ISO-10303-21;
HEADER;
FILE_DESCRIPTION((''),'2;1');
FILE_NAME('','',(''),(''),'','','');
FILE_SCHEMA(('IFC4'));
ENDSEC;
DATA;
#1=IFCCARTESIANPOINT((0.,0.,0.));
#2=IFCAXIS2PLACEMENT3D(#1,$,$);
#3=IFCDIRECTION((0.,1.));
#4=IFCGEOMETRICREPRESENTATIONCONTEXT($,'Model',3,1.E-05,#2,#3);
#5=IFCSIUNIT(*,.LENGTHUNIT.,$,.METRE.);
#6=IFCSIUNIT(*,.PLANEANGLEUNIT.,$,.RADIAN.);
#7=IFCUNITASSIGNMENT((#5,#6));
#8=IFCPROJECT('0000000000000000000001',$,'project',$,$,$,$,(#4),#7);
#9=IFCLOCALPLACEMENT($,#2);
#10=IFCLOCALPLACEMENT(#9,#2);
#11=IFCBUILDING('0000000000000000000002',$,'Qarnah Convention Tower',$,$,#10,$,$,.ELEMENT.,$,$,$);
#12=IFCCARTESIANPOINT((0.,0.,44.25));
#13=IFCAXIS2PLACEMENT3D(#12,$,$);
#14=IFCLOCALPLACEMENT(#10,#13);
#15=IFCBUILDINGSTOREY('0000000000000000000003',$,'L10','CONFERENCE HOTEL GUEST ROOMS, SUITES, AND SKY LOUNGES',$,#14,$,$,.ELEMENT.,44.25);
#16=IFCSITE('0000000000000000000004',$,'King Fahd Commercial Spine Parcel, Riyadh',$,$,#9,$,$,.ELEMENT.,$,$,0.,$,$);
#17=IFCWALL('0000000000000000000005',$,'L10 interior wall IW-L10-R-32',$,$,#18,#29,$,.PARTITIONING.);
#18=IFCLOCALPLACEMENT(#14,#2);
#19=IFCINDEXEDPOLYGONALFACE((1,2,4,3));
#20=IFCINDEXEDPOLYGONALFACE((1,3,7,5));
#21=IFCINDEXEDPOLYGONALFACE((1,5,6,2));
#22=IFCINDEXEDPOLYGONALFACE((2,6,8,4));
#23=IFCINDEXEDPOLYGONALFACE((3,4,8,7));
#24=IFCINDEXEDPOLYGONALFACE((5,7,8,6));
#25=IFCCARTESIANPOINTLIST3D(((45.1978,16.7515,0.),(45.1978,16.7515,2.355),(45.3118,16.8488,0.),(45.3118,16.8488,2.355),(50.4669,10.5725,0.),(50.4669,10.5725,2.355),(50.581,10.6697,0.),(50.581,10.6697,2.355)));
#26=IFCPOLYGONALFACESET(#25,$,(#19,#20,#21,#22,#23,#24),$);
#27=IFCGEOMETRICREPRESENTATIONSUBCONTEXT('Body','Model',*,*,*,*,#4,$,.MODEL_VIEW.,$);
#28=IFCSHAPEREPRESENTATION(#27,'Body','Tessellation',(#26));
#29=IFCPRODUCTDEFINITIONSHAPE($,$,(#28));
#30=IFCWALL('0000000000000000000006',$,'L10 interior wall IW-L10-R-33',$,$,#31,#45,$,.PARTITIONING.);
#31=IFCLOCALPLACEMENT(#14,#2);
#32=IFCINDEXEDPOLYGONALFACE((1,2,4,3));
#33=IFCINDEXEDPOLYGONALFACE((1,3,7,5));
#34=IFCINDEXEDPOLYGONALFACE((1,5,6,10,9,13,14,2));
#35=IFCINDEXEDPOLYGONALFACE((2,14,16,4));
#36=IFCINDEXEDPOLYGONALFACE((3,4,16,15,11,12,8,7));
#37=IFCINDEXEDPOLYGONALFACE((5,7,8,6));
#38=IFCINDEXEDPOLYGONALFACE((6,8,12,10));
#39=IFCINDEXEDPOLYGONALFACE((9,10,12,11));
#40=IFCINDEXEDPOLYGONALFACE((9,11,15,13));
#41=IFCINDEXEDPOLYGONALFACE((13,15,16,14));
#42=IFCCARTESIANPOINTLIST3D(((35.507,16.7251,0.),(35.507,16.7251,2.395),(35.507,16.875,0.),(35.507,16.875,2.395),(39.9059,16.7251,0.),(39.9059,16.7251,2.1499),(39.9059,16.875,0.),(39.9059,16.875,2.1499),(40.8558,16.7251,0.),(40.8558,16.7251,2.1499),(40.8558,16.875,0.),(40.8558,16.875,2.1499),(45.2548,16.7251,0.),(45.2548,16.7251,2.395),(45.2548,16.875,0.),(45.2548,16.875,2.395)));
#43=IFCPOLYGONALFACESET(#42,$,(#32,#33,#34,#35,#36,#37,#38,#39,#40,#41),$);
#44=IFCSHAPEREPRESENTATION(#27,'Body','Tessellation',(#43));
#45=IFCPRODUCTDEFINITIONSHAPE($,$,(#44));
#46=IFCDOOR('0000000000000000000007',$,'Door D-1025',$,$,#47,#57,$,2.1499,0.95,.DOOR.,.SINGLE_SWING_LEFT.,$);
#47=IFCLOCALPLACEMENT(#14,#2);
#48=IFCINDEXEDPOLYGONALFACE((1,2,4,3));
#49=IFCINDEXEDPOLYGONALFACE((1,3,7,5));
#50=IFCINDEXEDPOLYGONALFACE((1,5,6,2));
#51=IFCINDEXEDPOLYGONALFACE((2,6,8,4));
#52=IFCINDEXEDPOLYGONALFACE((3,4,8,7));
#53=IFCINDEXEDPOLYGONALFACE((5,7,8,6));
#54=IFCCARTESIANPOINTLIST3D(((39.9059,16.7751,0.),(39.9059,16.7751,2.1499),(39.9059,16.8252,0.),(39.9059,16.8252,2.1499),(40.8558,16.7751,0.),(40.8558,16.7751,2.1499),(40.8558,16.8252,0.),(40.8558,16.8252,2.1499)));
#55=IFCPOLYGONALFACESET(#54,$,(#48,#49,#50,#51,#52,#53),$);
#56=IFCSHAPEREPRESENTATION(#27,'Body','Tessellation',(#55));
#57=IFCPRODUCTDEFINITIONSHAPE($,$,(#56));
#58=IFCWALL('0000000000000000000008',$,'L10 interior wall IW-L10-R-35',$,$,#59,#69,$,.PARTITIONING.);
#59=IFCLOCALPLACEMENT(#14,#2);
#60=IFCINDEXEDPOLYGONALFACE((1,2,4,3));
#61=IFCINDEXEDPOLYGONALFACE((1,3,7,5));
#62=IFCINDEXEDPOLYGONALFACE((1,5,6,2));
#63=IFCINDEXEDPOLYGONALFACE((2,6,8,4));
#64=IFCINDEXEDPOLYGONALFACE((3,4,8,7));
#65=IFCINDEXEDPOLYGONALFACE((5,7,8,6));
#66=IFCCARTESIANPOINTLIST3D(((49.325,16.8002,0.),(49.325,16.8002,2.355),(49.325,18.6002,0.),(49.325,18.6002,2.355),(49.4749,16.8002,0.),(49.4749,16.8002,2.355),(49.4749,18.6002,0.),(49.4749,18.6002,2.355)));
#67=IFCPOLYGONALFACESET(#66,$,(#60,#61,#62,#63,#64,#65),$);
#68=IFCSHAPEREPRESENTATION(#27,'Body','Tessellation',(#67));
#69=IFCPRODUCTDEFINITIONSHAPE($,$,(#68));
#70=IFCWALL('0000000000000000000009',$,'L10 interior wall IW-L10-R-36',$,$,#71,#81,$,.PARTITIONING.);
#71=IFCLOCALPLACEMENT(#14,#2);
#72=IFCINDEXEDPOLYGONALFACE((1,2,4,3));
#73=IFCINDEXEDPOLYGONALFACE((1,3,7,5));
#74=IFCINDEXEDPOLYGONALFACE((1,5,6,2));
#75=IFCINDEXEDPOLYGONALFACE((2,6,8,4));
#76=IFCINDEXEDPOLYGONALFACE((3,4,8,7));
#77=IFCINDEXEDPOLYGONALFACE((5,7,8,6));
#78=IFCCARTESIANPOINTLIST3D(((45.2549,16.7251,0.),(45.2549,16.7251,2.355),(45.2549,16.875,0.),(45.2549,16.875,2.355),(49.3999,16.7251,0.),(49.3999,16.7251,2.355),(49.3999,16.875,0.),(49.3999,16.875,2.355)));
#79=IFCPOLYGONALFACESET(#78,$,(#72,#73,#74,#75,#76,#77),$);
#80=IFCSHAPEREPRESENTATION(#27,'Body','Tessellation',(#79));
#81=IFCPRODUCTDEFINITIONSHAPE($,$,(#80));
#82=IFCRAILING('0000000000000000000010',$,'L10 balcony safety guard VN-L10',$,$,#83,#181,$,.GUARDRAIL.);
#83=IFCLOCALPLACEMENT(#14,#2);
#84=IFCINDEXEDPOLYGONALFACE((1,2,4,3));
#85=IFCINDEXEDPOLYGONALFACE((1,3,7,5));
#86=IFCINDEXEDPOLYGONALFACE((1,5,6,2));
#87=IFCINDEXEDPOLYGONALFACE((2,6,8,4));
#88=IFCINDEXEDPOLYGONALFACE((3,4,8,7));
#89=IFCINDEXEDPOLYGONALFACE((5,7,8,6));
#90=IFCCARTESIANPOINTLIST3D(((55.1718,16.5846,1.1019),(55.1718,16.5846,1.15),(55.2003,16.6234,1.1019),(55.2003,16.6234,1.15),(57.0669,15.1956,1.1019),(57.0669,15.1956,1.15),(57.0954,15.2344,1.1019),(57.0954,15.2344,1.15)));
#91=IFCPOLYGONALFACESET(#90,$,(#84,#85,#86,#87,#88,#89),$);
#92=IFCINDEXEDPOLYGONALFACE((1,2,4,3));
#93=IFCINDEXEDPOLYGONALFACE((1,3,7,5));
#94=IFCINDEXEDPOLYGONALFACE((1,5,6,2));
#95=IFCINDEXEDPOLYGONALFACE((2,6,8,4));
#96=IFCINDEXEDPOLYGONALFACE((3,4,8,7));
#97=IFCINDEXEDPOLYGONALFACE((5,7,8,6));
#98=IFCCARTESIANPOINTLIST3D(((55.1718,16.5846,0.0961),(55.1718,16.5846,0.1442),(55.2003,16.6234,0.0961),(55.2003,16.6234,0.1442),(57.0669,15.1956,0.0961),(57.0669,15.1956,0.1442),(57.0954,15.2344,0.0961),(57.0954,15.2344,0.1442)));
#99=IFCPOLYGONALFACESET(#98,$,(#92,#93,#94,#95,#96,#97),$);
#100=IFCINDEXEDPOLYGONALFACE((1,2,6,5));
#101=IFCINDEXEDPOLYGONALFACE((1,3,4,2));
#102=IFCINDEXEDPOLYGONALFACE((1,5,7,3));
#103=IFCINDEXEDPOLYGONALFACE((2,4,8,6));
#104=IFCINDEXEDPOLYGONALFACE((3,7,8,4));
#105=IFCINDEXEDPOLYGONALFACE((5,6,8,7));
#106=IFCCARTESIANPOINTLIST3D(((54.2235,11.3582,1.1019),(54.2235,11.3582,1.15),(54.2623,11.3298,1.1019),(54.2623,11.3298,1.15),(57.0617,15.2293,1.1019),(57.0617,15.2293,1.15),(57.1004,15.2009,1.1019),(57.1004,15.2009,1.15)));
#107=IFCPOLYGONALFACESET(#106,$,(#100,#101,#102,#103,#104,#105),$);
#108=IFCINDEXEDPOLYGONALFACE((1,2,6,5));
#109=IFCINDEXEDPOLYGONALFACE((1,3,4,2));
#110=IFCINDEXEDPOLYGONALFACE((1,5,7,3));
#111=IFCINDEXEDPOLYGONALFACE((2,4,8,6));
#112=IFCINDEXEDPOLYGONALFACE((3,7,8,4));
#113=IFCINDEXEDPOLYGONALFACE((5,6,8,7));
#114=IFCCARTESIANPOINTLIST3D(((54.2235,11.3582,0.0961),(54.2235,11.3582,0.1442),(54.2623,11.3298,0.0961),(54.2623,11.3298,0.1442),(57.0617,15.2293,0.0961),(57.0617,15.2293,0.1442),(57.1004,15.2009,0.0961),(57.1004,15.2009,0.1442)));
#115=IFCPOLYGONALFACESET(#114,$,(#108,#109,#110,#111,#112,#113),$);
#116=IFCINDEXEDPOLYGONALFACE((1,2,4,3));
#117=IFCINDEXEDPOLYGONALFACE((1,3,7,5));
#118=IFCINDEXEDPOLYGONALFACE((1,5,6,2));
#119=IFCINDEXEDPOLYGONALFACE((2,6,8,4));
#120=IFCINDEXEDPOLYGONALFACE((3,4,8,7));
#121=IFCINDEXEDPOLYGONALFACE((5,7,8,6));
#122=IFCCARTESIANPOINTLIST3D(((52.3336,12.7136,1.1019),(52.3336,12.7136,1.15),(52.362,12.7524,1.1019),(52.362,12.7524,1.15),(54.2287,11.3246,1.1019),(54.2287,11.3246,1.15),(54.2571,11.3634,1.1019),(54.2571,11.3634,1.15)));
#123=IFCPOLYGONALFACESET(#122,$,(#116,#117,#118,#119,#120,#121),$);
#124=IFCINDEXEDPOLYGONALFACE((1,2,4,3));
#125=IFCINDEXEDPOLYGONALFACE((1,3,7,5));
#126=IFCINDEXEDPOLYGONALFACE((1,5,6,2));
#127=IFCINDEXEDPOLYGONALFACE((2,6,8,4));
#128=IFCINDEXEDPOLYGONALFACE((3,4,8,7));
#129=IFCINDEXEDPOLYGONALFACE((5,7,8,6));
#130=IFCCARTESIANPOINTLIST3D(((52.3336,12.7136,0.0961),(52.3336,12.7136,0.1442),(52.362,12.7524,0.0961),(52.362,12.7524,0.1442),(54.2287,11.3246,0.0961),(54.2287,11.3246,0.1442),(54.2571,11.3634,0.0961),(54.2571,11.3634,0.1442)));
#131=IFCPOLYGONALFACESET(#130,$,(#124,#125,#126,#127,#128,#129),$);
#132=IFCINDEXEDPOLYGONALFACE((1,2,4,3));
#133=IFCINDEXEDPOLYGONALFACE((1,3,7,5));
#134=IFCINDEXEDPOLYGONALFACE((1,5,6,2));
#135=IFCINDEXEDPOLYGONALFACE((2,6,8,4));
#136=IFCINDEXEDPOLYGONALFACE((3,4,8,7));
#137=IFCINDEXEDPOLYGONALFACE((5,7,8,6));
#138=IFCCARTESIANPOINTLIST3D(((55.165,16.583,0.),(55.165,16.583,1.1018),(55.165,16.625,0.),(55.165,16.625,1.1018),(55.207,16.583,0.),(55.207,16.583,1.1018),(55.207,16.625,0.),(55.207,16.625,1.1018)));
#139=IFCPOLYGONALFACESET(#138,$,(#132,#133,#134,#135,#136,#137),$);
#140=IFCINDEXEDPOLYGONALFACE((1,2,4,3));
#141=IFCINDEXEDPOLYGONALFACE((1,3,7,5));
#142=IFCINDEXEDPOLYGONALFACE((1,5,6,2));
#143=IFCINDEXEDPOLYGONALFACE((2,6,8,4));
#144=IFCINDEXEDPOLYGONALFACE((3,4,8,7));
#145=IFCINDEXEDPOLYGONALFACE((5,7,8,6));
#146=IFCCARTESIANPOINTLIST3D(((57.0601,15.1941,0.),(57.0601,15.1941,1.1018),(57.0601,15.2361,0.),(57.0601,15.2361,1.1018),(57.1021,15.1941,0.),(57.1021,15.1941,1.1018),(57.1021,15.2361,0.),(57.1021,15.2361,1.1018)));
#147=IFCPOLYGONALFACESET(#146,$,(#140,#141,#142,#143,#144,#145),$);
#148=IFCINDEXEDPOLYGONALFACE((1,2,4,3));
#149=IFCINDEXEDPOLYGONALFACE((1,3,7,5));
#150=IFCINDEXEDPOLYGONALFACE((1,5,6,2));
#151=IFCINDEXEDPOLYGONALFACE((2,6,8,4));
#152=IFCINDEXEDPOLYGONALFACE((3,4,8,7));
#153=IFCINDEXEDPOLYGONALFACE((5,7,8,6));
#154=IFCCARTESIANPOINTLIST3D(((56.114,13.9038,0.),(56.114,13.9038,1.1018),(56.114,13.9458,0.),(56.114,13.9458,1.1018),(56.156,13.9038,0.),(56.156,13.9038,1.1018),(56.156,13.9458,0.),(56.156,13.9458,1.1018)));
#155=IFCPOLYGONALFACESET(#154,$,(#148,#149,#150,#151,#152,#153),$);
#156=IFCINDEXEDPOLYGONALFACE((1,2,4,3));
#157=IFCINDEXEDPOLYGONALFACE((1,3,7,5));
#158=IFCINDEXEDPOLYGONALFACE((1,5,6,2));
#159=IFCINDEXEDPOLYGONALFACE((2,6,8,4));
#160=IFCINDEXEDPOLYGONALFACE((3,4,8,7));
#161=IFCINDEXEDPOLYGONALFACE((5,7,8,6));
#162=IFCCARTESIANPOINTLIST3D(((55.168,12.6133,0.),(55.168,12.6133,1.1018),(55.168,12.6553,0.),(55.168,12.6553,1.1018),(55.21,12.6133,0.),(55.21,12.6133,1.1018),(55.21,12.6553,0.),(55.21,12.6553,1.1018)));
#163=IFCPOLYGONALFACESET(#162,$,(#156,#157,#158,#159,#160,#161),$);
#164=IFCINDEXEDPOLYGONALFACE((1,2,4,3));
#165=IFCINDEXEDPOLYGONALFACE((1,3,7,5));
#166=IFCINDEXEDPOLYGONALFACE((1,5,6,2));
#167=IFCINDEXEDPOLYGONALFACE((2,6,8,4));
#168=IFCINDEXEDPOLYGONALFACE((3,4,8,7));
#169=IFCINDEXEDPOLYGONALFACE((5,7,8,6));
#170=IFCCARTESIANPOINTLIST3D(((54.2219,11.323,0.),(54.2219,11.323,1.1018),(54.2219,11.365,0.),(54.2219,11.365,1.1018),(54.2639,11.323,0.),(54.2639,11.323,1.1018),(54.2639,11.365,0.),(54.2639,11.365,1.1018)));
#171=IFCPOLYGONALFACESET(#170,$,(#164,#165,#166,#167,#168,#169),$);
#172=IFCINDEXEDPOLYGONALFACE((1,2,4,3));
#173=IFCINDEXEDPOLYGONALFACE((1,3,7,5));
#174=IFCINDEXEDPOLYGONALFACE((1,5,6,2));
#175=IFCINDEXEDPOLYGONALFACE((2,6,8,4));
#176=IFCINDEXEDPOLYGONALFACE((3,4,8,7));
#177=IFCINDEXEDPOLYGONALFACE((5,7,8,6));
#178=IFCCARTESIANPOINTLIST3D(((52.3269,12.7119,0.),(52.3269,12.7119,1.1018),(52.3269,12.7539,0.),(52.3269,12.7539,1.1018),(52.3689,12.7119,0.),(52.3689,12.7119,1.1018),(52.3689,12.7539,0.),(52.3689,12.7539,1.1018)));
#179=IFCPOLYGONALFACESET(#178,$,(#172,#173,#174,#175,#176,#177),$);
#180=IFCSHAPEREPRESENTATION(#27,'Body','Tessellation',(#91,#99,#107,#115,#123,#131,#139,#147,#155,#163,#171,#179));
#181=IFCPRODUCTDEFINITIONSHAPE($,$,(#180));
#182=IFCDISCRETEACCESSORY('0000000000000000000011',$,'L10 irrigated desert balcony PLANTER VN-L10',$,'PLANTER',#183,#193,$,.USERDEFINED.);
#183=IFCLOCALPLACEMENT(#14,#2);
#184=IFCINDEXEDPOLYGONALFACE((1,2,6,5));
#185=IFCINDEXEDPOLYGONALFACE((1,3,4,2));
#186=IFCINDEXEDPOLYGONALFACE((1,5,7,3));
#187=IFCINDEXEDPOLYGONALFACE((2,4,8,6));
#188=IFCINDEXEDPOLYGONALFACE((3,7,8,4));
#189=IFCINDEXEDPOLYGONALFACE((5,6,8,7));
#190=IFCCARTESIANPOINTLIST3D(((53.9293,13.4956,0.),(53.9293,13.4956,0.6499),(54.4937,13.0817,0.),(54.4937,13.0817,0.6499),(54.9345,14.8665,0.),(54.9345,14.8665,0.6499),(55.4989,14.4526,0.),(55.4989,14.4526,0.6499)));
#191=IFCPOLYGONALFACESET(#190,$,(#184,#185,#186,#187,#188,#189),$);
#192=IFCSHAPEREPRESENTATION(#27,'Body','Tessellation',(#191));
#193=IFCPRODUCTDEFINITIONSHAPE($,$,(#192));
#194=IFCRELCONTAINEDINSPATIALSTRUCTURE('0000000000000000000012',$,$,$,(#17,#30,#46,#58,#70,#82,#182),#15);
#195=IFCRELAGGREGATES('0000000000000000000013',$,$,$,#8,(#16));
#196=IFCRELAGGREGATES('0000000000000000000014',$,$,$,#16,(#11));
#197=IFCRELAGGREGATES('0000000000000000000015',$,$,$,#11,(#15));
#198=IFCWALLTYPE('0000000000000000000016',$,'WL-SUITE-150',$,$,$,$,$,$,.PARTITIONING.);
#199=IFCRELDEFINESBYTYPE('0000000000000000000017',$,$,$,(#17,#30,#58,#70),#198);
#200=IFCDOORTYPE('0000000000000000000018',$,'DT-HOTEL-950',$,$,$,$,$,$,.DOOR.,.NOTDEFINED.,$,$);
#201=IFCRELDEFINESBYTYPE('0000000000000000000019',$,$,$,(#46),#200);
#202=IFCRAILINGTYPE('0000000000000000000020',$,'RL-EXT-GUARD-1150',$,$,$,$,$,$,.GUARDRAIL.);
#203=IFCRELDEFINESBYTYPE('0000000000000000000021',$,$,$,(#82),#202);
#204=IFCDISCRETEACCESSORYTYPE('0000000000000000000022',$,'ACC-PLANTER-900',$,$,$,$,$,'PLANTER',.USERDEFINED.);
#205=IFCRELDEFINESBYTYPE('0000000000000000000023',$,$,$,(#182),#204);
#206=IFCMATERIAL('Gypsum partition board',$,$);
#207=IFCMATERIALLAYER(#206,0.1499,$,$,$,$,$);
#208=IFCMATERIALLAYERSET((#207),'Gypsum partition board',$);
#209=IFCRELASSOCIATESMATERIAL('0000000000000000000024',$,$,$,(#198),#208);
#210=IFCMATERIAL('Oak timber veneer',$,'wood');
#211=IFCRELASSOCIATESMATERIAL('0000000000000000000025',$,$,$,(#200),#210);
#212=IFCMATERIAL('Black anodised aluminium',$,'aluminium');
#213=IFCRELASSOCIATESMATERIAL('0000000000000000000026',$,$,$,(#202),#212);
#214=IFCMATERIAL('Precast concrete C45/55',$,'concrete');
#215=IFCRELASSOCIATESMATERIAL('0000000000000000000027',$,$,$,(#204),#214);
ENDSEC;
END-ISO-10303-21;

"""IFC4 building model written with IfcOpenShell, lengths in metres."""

from ifc_helpers import new_model, si_unit, direction, frame, frame_2d, origin, origin_2d, place, context, subcontext, project, spatial, rectangle, extrude, material, layer, layer_set, type_object, element, fill, save


model = new_model("IFC4")

# Units and contexts
model_context = context("Model", 3, precision=1e-05, world=origin(), true_north=direction((0.0, 1.0)))
body_context = subcontext(model_context, "Body", "Model", "MODEL_VIEW")
ifc_project = project(units=[si_unit("LENGTHUNIT", "METRE"), si_unit("PLANEANGLEUNIT", "RADIAN")], contexts=[model_context])

# Site, building, storey
site_placement = place(None, origin())
site = spatial("IfcSite", under=ifc_project, at=site_placement, Name="King Fahd Commercial Spine Parcel, Riyadh", CompositionType="ELEMENT", RefElevation=0.0)
building_placement = place(site_placement, origin())
building = spatial("IfcBuilding", under=site, at=building_placement, Name="Qarnah Convention Tower", CompositionType="ELEMENT")
storey_placement = place(building_placement, frame((0.0, 0.0, 44.25)))
storey = spatial("IfcBuildingStorey", under=building, at=storey_placement, Name="L10", Description="CONFERENCE HOTEL GUEST ROOMS, SUITES, AND SKY LOUNGES", CompositionType="ELEMENT", Elevation=44.25)

# Shared definitions
ifc_material_1 = material(Name="Black anodised aluminium", Category="aluminium")

# Shared definitions
ifc_material_2 = material(Name="Precast concrete C45/55", Category="concrete")

# Wall
ifc_material_3 = material(Name="Gypsum partition board")
ifc_layer_1 = layer(ifc_material_3, 0.1499)
ifc_layer_set_1 = layer_set([ifc_layer_1], Name="Gypsum partition board")
wall_type_1 = type_object("IfcWallType", Name="WL-SUITE-150", PredefinedType="PARTITIONING", material=ifc_layer_set_1)
wall_1_placement = place(storey_placement, frame((50.5239, 10.6211, 0.0), z_axis=(0.0, 0.0, 1.0), x_axis=(-0.648858, 0.760909, 0.0)))
element("IfcWall", 1, at=wall_1_placement, inside=storey, type_object=wall_type_1, Name="L10 interior wall IW-L10-R-32", PredefinedType="PARTITIONING", context=body_context, shape_type="SweptSolid", body=[
    extrude(rectangle(XDim=8.1206, YDim=0.1499, at=frame_2d((4.0603, 0.0))), origin(), (0.0, 0.0, 1.0), 2.355),
])

# Wall, opening, door
wall_2_placement = place(storey_placement, frame((45.2549, 16.8, 0.0), z_axis=(0.0, 0.0, 1.0), x_axis=(-1.0, 0.0, 0.0)))
wall_2 = element("IfcWall", 2, at=wall_2_placement, inside=storey, type_object=wall_type_1, Name="L10 interior wall IW-L10-R-33", PredefinedType="PARTITIONING", context=body_context, shape_type="SweptSolid", body=[
    extrude(rectangle(XDim=9.7478, YDim=0.1499, at=frame_2d((4.874, 0.0))), origin(), (0.0, 0.0, 1.0), 2.395),
])
opening_1_placement = place(wall_2_placement, frame((4.3989, 0.0, 0.0)))
opening_1 = element("IfcOpeningElement", 3, at=opening_1_placement, cuts=wall_2, PredefinedType="OPENING", context=body_context, shape_type="SweptSolid", body=[
    extrude(rectangle(XDim=0.95, YDim=2.1499, at=frame_2d((0.4751, 1.075))), frame((0.0, 0.085, 0.0), z_axis=(0.0, -1.0, 0.0), x_axis=(1.0, 0.0, 0.0)), (0.0, 0.0, 1.0), 0.1699),
])
ifc_material_4 = material(Name="Oak timber veneer", Category="wood")
door_type_1 = type_object("IfcDoorType", Name="DT-HOTEL-950", OperationType="NOTDEFINED", PredefinedType="DOOR", material=ifc_material_4)
door_1_placement = place(opening_1_placement, origin())
door_1 = element("IfcDoor", 4, at=door_1_placement, inside=storey, type_object=door_type_1, Name="Door D-1025", OperationType="SINGLE_SWING_LEFT", OverallHeight=2.1499, OverallWidth=0.95, PredefinedType="DOOR", context=body_context, shape_type="SweptSolid", body=[
    extrude(rectangle(XDim=0.95, YDim=2.1499, at=frame_2d((0.4751, 1.075))), frame((0.0, 0.0249, 0.0), z_axis=(0.0, -1.0, 0.0), x_axis=(1.0, 0.0, 0.0)), (0.0, 0.0, 1.0), 0.05),
])
fill(opening_1, door_1)

# Walls
wall_3_placement = place(storey_placement, frame((49.3999, 18.6001, 0.0), z_axis=(0.0, 0.0, 1.0), x_axis=(0.0, -1.0, 0.0)))
element("IfcWall", 5, at=wall_3_placement, inside=storey, type_object=wall_type_1, Name="L10 interior wall IW-L10-R-35", PredefinedType="PARTITIONING", context=body_context, shape_type="SweptSolid", body=[
    extrude(rectangle(XDim=1.8, YDim=0.1499, at=frame_2d((0.8999, 0.0))), origin(), (0.0, 0.0, 1.0), 2.355),
])
wall_4_placement = place(storey_placement, frame((49.3999, 16.8, 0.0), z_axis=(0.0, 0.0, 1.0), x_axis=(-1.0, 0.0, 0.0)))
element("IfcWall", 6, at=wall_4_placement, inside=storey, type_object=wall_type_1, Name="L10 interior wall IW-L10-R-36", PredefinedType="PARTITIONING", context=body_context, shape_type="SweptSolid", body=[
    extrude(rectangle(XDim=4.145, YDim=0.1499, at=frame_2d((2.0725, 0.0))), origin(), (0.0, 0.0, 1.0), 2.355),
])

# Railing
railing_type = type_object("IfcRailingType", Name="RL-EXT-GUARD-1150", PredefinedType="GUARDRAIL", material=ifc_material_1)
railing_1_placement = place(storey_placement, frame((55.186, 16.604, 0.0)))
element("IfcRailing", 7, at=railing_1_placement, inside=storey, type_object=railing_type, Name="L10 balcony safety guard VN-L10", PredefinedType="GUARDRAIL", context=body_context, shape_type="SweptSolid", body=[
    extrude(rectangle(XDim=0.0481, YDim=0.0481, at=origin_2d()), frame((0.0, 0.0, 1.126), z_axis=(0.80656, -0.591152, 0.0), x_axis=(0.591152, 0.80656, 0.0)), (0.0, 0.0, 1.0), 2.3496),
    extrude(rectangle(XDim=0.0481, YDim=0.0481, at=origin_2d()), frame((0.0, 0.0, 0.1201), z_axis=(0.80656, -0.591152, 0.0), x_axis=(0.591152, 0.80656, 0.0)), (0.0, 0.0, 1.0), 2.3496),
    extrude(rectangle(XDim=0.0481, YDim=0.0481, at=origin_2d()), frame((1.895, -1.3889, 1.126), z_axis=(-0.591273, -0.806471, 0.0), x_axis=(0.806471, -0.591273, 0.0)), (0.0, 0.0, 1.0), 4.8),
    extrude(rectangle(XDim=0.0481, YDim=0.0481, at=origin_2d()), frame((1.895, -1.3889, 0.1201), z_axis=(-0.591273, -0.806471, 0.0), x_axis=(0.806471, -0.591273, 0.0)), (0.0, 0.0, 1.0), 4.8),
    extrude(rectangle(XDim=0.0481, YDim=0.0481, at=origin_2d()), frame((-0.9431, -5.26, 1.126), z_axis=(-0.80656, 0.591152, 0.0), x_axis=(-0.591152, -0.80656, 0.0)), (0.0, 0.0, 1.0), 2.3496),
    extrude(rectangle(XDim=0.0481, YDim=0.0481, at=origin_2d()), frame((-0.9431, -5.26, 0.1201), z_axis=(-0.80656, 0.591152, 0.0), x_axis=(-0.591152, -0.80656, 0.0)), (0.0, 0.0, 1.0), 2.3496),
    extrude(rectangle(XDim=0.042, YDim=0.042, at=origin_2d()), origin(), (0.0, 0.0, 1.0), 1.1018),
    extrude(rectangle(XDim=0.042, YDim=0.042, at=origin_2d()), frame((1.895, -1.3889, 0.0)), (0.0, 0.0, 1.0), 1.1018),
    extrude(rectangle(XDim=0.042, YDim=0.042, at=origin_2d()), frame((0.949, -2.6792, 0.0)), (0.0, 0.0, 1.0), 1.1018),
    extrude(rectangle(XDim=0.042, YDim=0.042, at=origin_2d()), frame((0.0029, -3.9697, 0.0)), (0.0, 0.0, 1.0), 1.1018),
    extrude(rectangle(XDim=0.042, YDim=0.042, at=origin_2d()), frame((-0.9431, -5.26, 0.0)), (0.0, 0.0, 1.0), 1.1018),
    extrude(rectangle(XDim=0.042, YDim=0.042, at=origin_2d()), frame((-2.8381, -3.8711, 0.0)), (0.0, 0.0, 1.0), 1.1018),
])

# Discrete accessory
discrete_accessory_type = type_object("IfcDiscreteAccessoryType", Name="ACC-PLANTER-900", ElementType="PLANTER", PredefinedType="USERDEFINED", material=ifc_material_2)
discrete_accessory_placement = place(storey_placement, frame((54.7141, 13.9741, 0.0), z_axis=(0.0, 0.0, 1.0), x_axis=(0.59131, 0.806445, 0.0)))
element("IfcDiscreteAccessory", 8, at=discrete_accessory_placement, inside=storey, type_object=discrete_accessory_type, Name="L10 irrigated desert balcony PLANTER VN-L10", ObjectType="PLANTER", PredefinedType="USERDEFINED", context=body_context, shape_type="SweptSolid", body=[
    extrude(rectangle(XDim=1.7, YDim=0.7, at=origin_2d()), origin(), (0.0, 0.0, 1.0), 0.6499),
])

save(model, "model.ifc")
